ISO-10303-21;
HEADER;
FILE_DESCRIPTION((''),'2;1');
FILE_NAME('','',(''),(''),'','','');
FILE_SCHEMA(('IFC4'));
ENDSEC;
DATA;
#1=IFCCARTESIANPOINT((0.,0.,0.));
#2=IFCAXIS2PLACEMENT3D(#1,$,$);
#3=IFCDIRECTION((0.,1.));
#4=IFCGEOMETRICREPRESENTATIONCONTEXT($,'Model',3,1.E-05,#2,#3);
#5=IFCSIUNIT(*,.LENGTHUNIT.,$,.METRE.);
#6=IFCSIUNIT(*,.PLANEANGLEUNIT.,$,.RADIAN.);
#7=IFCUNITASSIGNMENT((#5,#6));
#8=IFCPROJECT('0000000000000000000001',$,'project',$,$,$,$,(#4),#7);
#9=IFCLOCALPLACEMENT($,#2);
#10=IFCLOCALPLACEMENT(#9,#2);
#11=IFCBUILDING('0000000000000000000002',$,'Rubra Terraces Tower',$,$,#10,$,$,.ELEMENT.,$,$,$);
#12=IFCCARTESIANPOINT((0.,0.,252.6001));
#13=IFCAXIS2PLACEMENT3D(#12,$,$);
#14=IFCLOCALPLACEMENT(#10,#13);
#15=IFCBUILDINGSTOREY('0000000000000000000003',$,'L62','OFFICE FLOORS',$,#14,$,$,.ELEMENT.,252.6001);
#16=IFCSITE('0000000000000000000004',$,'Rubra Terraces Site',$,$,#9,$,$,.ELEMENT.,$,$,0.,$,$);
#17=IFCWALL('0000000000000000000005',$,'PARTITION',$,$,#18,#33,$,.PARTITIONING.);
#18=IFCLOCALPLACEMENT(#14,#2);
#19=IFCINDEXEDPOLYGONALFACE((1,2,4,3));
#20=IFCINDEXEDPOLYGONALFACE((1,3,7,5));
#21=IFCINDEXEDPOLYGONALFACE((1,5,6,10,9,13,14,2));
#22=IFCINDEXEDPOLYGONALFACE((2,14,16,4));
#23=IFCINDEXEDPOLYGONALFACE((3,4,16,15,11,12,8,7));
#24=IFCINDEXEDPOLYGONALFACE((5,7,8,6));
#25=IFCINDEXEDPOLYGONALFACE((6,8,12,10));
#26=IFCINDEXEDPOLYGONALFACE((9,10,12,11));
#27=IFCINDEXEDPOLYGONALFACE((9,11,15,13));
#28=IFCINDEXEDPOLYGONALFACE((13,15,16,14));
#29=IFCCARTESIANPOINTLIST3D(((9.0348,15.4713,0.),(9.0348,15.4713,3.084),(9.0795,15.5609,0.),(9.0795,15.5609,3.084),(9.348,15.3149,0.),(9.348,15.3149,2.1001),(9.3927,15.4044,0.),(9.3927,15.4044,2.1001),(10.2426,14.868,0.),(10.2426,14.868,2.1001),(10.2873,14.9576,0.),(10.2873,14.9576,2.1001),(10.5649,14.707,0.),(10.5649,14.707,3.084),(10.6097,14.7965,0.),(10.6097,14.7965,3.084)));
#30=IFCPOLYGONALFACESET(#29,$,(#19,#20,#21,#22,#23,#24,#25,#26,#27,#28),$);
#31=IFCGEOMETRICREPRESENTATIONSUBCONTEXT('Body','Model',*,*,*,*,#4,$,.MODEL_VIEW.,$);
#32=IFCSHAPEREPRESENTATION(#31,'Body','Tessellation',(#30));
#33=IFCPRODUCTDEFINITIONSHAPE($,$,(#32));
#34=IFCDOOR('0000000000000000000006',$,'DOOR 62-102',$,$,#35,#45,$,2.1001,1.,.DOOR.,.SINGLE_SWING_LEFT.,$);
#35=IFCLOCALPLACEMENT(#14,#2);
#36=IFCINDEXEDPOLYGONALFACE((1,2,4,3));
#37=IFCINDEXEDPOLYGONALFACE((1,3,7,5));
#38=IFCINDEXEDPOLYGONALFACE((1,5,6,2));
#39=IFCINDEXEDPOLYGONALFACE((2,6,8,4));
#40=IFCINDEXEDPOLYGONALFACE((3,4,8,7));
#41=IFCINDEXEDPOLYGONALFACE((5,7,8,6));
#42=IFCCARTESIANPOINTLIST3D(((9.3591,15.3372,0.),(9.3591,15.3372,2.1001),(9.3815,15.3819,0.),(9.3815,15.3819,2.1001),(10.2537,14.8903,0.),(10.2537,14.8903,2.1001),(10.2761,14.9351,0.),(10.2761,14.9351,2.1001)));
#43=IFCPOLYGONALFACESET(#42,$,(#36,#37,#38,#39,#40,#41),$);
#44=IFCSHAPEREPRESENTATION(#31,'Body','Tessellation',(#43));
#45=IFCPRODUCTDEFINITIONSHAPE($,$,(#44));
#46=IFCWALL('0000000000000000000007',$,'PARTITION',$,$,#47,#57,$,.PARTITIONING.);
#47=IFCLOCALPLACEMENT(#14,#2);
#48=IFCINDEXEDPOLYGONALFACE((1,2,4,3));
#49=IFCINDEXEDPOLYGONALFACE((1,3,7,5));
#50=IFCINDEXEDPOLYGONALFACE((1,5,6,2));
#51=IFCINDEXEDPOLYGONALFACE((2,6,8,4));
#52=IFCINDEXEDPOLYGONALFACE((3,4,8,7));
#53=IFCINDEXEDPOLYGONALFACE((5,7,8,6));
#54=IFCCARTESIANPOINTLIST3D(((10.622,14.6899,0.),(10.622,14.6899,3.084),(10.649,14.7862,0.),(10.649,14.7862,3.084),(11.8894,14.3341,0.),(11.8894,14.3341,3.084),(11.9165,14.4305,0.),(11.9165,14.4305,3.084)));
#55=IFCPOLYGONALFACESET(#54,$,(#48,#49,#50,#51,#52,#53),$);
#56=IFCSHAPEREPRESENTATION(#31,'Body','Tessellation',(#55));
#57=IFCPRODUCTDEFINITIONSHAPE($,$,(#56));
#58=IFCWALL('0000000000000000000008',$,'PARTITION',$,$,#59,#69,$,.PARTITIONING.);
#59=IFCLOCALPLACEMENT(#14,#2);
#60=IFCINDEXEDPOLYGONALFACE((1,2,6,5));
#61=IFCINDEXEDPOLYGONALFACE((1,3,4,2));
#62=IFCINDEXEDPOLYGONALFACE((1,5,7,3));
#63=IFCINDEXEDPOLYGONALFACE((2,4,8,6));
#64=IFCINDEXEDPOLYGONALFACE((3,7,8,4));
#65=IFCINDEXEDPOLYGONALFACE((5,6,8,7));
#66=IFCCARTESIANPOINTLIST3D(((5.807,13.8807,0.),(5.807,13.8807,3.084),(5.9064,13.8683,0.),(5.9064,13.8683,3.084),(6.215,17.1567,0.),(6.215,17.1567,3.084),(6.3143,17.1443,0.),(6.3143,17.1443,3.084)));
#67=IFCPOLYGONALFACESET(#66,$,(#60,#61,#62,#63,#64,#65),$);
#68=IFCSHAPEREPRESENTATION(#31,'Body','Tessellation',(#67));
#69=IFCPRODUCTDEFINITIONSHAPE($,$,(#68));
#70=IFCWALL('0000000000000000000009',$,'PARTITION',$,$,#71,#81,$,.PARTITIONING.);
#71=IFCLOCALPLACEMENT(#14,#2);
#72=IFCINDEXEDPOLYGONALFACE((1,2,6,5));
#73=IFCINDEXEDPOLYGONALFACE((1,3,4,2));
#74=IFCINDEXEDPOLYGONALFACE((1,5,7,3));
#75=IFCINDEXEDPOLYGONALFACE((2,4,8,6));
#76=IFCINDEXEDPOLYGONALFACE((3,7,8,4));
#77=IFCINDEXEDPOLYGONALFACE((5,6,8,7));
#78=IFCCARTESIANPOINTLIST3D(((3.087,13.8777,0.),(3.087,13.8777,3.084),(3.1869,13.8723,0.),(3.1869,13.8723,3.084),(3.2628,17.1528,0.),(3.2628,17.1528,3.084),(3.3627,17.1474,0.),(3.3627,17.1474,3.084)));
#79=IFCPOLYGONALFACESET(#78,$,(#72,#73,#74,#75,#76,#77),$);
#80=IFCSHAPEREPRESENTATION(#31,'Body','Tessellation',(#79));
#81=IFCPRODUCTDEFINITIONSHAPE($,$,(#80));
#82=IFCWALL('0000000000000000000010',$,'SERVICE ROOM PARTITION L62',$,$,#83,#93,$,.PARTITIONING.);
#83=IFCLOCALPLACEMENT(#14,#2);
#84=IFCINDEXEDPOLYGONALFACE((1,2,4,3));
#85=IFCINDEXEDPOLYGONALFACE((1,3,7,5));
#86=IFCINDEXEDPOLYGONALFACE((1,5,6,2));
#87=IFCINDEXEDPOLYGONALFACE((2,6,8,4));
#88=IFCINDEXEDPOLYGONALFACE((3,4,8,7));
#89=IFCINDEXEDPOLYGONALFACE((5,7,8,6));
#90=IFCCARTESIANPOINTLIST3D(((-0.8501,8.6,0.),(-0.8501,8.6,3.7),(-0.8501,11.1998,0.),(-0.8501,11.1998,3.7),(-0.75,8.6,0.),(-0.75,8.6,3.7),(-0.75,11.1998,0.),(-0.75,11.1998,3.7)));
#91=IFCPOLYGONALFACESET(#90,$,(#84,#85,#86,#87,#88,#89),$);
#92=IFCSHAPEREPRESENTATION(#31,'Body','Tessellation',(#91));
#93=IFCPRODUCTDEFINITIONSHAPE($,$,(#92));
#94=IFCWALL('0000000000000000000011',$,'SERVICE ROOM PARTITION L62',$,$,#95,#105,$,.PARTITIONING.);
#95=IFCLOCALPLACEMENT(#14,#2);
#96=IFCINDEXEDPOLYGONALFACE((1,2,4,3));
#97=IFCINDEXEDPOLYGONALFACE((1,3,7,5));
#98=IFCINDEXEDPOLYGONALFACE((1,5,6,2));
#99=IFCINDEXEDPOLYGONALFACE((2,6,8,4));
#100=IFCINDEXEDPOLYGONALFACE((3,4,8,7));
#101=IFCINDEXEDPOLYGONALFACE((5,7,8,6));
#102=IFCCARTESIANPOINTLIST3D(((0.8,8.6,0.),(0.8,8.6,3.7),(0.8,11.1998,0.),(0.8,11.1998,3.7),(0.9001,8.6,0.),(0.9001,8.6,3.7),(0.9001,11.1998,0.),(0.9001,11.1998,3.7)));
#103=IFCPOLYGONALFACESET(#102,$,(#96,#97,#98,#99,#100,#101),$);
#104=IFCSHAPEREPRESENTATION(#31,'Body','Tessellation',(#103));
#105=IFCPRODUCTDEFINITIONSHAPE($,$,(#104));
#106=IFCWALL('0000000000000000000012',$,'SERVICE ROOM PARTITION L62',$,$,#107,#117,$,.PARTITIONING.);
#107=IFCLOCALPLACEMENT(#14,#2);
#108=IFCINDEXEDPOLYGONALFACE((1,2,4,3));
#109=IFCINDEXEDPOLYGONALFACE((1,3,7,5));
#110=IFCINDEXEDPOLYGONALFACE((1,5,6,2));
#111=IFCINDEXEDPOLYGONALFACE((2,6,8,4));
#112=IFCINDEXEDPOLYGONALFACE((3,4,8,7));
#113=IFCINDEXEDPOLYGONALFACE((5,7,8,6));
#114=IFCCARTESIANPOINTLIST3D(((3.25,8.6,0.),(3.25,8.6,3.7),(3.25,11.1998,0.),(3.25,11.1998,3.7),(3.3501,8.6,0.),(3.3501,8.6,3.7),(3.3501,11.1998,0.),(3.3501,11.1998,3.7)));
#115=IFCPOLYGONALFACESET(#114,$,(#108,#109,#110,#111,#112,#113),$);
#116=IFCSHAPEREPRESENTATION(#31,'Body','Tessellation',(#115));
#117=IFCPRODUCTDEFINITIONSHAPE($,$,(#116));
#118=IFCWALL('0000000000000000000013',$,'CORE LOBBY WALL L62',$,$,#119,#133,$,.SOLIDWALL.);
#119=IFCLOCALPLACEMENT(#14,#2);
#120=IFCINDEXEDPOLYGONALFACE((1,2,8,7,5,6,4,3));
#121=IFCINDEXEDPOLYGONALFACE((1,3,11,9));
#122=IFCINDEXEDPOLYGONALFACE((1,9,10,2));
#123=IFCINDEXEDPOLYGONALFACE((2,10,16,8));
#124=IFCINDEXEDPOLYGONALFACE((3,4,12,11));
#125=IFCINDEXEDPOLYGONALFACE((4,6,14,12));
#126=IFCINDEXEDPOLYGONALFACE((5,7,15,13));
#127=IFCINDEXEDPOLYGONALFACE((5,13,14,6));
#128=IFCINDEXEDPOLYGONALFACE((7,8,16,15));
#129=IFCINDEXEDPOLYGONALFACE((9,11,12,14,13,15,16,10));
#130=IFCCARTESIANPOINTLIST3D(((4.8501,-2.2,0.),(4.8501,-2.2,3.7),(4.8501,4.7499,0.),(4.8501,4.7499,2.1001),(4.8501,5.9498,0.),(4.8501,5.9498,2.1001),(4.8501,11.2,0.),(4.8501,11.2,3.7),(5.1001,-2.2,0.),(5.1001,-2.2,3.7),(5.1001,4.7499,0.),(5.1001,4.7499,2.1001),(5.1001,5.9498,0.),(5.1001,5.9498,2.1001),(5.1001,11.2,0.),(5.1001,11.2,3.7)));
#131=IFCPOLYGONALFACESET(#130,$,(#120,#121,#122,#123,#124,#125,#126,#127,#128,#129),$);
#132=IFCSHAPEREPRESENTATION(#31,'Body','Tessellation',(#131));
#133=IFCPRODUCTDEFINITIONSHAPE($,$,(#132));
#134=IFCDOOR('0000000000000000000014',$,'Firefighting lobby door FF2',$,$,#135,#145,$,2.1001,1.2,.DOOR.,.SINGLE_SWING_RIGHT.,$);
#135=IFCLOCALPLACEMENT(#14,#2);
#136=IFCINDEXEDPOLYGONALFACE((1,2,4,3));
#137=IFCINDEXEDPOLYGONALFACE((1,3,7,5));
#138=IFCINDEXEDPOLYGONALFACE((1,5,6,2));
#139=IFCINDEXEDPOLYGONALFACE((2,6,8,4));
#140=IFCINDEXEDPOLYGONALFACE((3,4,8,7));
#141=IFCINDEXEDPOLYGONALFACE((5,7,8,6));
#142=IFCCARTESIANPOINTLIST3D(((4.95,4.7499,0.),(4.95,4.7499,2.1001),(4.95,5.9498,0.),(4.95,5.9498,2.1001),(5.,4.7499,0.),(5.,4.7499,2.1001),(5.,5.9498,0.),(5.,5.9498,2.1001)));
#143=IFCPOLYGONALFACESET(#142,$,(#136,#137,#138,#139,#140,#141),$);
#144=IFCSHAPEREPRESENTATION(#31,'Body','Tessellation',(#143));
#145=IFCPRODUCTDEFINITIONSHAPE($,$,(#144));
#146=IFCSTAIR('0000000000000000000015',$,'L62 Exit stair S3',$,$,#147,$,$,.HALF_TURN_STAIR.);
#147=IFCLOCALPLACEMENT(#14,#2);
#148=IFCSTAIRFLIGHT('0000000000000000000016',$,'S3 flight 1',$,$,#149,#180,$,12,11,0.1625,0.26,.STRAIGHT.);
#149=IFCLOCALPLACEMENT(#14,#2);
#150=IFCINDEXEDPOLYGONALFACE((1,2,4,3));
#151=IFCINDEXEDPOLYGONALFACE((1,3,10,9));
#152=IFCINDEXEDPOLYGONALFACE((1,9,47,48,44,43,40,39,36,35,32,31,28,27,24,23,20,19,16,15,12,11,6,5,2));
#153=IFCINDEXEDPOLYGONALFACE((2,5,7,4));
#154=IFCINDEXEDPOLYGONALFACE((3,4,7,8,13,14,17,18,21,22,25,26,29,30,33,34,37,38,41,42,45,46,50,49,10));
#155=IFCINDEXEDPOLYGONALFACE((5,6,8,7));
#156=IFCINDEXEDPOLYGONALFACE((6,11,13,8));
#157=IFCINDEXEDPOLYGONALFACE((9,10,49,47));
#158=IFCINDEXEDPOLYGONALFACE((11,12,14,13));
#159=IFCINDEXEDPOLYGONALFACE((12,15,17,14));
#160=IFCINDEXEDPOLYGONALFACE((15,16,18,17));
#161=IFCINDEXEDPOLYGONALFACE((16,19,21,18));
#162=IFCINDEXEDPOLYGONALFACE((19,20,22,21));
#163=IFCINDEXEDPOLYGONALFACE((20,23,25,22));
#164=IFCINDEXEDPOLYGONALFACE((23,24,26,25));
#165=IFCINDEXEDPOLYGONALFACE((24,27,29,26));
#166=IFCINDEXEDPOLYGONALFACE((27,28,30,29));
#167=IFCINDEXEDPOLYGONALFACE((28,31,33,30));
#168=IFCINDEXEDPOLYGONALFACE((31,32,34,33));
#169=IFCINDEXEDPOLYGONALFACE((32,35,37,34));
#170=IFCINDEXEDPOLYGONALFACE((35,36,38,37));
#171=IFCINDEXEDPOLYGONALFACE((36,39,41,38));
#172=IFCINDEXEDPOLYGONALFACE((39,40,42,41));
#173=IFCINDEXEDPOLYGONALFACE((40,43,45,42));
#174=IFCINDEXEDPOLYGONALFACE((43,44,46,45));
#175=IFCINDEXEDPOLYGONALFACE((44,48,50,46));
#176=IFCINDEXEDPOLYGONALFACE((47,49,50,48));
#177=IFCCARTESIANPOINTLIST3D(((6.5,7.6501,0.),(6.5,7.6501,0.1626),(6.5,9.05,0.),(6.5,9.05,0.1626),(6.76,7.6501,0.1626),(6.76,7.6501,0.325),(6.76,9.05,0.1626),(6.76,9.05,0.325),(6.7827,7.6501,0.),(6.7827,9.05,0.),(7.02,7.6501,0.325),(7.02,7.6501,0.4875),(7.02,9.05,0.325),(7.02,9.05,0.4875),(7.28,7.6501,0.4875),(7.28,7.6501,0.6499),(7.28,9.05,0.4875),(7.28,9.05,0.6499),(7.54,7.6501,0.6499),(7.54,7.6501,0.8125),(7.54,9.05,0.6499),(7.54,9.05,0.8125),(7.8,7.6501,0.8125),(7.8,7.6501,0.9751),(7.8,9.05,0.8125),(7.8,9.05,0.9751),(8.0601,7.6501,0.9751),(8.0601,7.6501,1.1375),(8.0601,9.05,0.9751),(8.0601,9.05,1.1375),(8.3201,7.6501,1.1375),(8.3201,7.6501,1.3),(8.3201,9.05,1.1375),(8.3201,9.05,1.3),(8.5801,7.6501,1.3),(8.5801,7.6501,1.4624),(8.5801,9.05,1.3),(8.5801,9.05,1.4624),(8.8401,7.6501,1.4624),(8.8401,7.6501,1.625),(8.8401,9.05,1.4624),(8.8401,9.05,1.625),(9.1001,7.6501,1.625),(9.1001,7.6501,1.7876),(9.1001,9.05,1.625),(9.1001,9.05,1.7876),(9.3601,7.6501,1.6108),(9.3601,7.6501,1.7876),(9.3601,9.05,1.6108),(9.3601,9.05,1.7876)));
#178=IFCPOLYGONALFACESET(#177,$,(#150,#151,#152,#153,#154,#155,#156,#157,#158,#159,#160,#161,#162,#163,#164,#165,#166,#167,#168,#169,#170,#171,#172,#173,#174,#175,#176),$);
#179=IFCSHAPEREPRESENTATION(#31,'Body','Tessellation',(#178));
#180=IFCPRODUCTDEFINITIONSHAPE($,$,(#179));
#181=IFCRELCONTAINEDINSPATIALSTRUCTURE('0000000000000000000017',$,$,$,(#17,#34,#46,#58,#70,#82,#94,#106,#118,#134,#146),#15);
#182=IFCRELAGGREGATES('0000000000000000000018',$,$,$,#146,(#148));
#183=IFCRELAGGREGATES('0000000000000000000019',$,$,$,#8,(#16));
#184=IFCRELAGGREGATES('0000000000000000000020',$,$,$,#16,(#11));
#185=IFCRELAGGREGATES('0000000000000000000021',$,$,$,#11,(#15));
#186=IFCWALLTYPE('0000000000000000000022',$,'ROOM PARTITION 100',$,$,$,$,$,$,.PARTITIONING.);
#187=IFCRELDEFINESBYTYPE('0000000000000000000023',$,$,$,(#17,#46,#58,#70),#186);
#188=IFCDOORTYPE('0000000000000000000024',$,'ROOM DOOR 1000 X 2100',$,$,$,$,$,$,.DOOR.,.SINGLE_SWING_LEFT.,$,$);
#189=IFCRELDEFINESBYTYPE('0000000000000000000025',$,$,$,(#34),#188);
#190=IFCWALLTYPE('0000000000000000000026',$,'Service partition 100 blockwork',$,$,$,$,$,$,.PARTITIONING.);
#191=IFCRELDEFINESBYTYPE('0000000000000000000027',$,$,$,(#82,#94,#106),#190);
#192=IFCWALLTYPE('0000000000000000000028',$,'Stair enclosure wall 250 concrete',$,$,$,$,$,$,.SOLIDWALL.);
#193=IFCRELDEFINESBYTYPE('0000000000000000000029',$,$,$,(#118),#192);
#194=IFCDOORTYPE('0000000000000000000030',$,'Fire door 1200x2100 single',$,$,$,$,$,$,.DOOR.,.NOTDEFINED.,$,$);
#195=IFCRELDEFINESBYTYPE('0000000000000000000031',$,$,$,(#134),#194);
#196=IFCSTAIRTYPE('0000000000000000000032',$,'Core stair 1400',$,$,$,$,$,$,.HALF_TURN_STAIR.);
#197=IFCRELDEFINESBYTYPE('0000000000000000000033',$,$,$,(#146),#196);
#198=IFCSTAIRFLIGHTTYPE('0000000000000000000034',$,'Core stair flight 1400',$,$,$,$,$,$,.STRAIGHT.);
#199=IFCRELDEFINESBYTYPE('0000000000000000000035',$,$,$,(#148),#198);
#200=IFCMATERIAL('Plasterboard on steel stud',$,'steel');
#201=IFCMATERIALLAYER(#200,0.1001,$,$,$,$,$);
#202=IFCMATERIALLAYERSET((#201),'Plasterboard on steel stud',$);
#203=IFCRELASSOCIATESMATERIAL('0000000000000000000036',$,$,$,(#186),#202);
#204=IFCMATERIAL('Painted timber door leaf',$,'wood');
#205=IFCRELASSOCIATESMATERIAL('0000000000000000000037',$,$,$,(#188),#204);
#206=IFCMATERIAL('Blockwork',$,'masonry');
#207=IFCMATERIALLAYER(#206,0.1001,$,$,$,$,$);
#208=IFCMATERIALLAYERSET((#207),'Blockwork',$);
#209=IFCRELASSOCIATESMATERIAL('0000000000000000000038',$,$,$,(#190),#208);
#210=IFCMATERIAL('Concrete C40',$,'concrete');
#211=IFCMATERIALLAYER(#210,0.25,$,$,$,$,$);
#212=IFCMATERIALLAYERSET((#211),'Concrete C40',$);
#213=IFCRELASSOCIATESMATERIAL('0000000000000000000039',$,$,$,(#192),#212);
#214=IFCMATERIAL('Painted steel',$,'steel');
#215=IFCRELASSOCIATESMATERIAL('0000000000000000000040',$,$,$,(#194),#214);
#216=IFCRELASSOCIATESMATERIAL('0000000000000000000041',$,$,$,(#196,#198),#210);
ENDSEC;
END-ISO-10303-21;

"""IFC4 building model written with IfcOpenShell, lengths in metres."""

from ifc_helpers import new_model, si_unit, direction, frame, frame_2d, origin, place, context, subcontext, project, spatial, polyline, rectangle, outline, extrude, material, layer, layer_set, type_object, element, fill, aggregate, save


model = new_model("IFC4")

# Units and contexts
model_context = context("Model", 3, precision=1e-05, world=origin(), true_north=direction((0.0, 1.0)))
body_context = subcontext(model_context, "Body", "Model", "MODEL_VIEW")
ifc_project = project(units=[si_unit("LENGTHUNIT", "METRE"), si_unit("PLANEANGLEUNIT", "RADIAN")], contexts=[model_context])

# Site, building, storey
site_placement = place(None, origin())
site = spatial("IfcSite", under=ifc_project, at=site_placement, Name="Rubra Terraces Site", CompositionType="ELEMENT", RefElevation=0.0)
building_placement = place(site_placement, origin())
building = spatial("IfcBuilding", under=site, at=building_placement, Name="Rubra Terraces Tower", CompositionType="ELEMENT")
storey_placement = place(building_placement, frame((0.0, 0.0, 252.6001)))
storey = spatial("IfcBuildingStorey", under=building, at=storey_placement, Name="L62", Description="OFFICE FLOORS", CompositionType="ELEMENT", Elevation=252.6001)

# Shared definitions
ifc_material_1 = material(Name="Concrete C40", Category="concrete")

# Wall, opening, door
ifc_material_2 = material(Name="Plasterboard on steel stud", Category="steel")
ifc_layer_1 = layer(ifc_material_2, 0.1001)
ifc_layer_set_1 = layer_set([ifc_layer_1], Name="Plasterboard on steel stud")
wall_type_1 = type_object("IfcWallType", Name="ROOM PARTITION 100", PredefinedType="PARTITIONING", material=ifc_layer_set_1)
wall_1_placement = place(storey_placement, frame((9.0571, 15.5161, 0.0), z_axis=(0.0, 0.0, 1.0), x_axis=(0.894598, -0.446871, 0.0)))
wall_1 = element("IfcWall", 1, at=wall_1_placement, inside=storey, type_object=wall_type_1, Name="PARTITION", PredefinedType="PARTITIONING", context=body_context, shape_type="SweptSolid", body=[
    extrude(rectangle(XDim=1.7104, YDim=0.1001, at=frame_2d((0.8552, 0.0))), origin(), (0.0, 0.0, 1.0), 3.084),
])
opening_1_placement = place(wall_1_placement, frame((0.3501, 0.0, 0.0)))
opening_1 = element("IfcOpeningElement", 2, at=opening_1_placement, cuts=wall_1, PredefinedType="OPENING", context=body_context, shape_type="SweptSolid", body=[
    extrude(rectangle(XDim=1.0, YDim=2.1001, at=frame_2d((0.5, 1.05))), frame((0.0, 0.0601, 0.0), z_axis=(0.0, -1.0, 0.0), x_axis=(1.0, 0.0, 0.0)), (0.0, 0.0, 1.0), 0.1201),
])
ifc_material_3 = material(Name="Painted timber door leaf", Category="wood")
door_type_1 = type_object("IfcDoorType", Name="ROOM DOOR 1000 X 2100", OperationType="SINGLE_SWING_LEFT", PredefinedType="DOOR", material=ifc_material_3)
door_1_placement = place(opening_1_placement, origin())
door_1 = element("IfcDoor", 3, at=door_1_placement, inside=storey, type_object=door_type_1, Name="DOOR 62-102", OperationType="SINGLE_SWING_LEFT", OverallHeight=2.1001, OverallWidth=1.0, PredefinedType="DOOR", context=body_context, shape_type="SweptSolid", body=[
    extrude(rectangle(XDim=1.0, YDim=2.1001, at=frame_2d((0.5, 1.05))), frame((0.0, 0.0249, 0.0), z_axis=(0.0, -1.0, 0.0), x_axis=(1.0, 0.0, 0.0)), (0.0, 0.0, 1.0), 0.05),
])
fill(opening_1, door_1)

# Walls
wall_2_placement = place(storey_placement, frame((10.6355, 14.738, 0.0), z_axis=(0.0, 0.0, 1.0), x_axis=(0.962794, -0.270235, 0.0)))
element("IfcWall", 4, at=wall_2_placement, inside=storey, type_object=wall_type_1, Name="PARTITION", PredefinedType="PARTITIONING", context=body_context, shape_type="SweptSolid", body=[
    extrude(rectangle(XDim=1.3164, YDim=0.1001, at=frame_2d((0.6582, 0.0))), origin(), (0.0, 0.0, 1.0), 3.084),
])
wall_3_placement = place(storey_placement, frame((5.8567, 13.8745, 0.0), z_axis=(0.0, 0.0, 1.0), x_axis=(0.12358, 0.992335, 0.0)))
element("IfcWall", 5, at=wall_3_placement, inside=storey, type_object=wall_type_1, Name="PARTITION", PredefinedType="PARTITIONING", context=body_context, shape_type="SweptSolid", body=[
    extrude(rectangle(XDim=3.3013, YDim=0.1001, at=frame_2d((1.6506, 0.0))), origin(), (0.0, 0.0, 1.0), 3.084),
])
wall_4_placement = place(storey_placement, frame((3.137, 13.875, 0.0), z_axis=(0.0, 0.0, 1.0), x_axis=(0.053594, 0.998563, 0.0)))
element("IfcWall", 6, at=wall_4_placement, inside=storey, type_object=wall_type_1, Name="PARTITION", PredefinedType="PARTITIONING", context=body_context, shape_type="SweptSolid", body=[
    extrude(rectangle(XDim=3.2798, YDim=0.1001, at=frame_2d((1.6399, 0.0))), origin(), (0.0, 0.0, 1.0), 3.084),
])
ifc_material_4 = material(Name="Blockwork", Category="masonry")
ifc_layer_2 = layer(ifc_material_4, 0.1001)
ifc_layer_set_2 = layer_set([ifc_layer_2], Name="Blockwork")
wall_type_2 = type_object("IfcWallType", Name="Service partition 100 blockwork", PredefinedType="PARTITIONING", material=ifc_layer_set_2)
for number, where, z_axis, x_axis, name in (
    (7, (-0.8, 8.6001, 0.0), (0.0, 0.0, 1.0), (0.0, 1.0, 0.0), "SERVICE ROOM PARTITION L62"),
    (8, (0.8501, 8.6001, 0.0), (0.0, 0.0, 1.0), (0.0, 1.0, 0.0), "SERVICE ROOM PARTITION L62"),
    (9, (3.3, 8.6001, 0.0), (0.0, 0.0, 1.0), (0.0, 1.0, 0.0), "SERVICE ROOM PARTITION L62"),
):
    element("IfcWall", number, at=place(storey_placement, frame(where, z_axis=z_axis, x_axis=x_axis)), inside=storey, type_object=wall_type_2, Name=name, PredefinedType="PARTITIONING", context=body_context, shape_type="SweptSolid", body=[
        extrude(rectangle(XDim=2.5999, YDim=0.1001, at=frame_2d((1.2998, 0.0))), origin(), (0.0, 0.0, 1.0), 3.7),
    ])

# Wall, opening, door
ifc_layer_3 = layer(ifc_material_1, 0.25)
ifc_layer_set_3 = layer_set([ifc_layer_3], Name="Concrete C40")
wall_type_3 = type_object("IfcWallType", Name="Stair enclosure wall 250 concrete", PredefinedType="SOLIDWALL", material=ifc_layer_set_3)
wall_5_placement = place(storey_placement, frame((4.9751, 11.2, 0.0), z_axis=(0.0, 0.0, 1.0), x_axis=(0.0, -1.0, 0.0)))
wall_5 = element("IfcWall", 10, at=wall_5_placement, inside=storey, type_object=wall_type_3, Name="CORE LOBBY WALL L62", PredefinedType="SOLIDWALL", context=body_context, shape_type="SweptSolid", body=[
    extrude(rectangle(XDim=13.3999, YDim=0.25, at=frame_2d((6.7, 0.0))), origin(), (0.0, 0.0, 1.0), 3.7),
])
opening_2_placement = place(wall_5_placement, frame((5.25, 0.0, 0.0)))
opening_2 = element("IfcOpeningElement", 11, at=opening_2_placement, cuts=wall_5, PredefinedType="OPENING", context=body_context, shape_type="SweptSolid", body=[
    extrude(rectangle(XDim=1.2, YDim=2.1001, at=frame_2d((0.6001, 1.05))), frame((0.0, 0.135, 0.0), z_axis=(0.0, -1.0, 0.0), x_axis=(1.0, 0.0, 0.0)), (0.0, 0.0, 1.0), 0.27),
])
ifc_material_5 = material(Name="Painted steel", Category="steel")
door_type_2 = type_object("IfcDoorType", Name="Fire door 1200x2100 single", OperationType="NOTDEFINED", PredefinedType="DOOR", material=ifc_material_5)
door_2_placement = place(opening_2_placement, origin())
door_2 = element("IfcDoor", 12, at=door_2_placement, inside=storey, type_object=door_type_2, Name="Firefighting lobby door FF2", OperationType="SINGLE_SWING_RIGHT", OverallHeight=2.1001, OverallWidth=1.2, PredefinedType="DOOR", context=body_context, shape_type="SweptSolid", body=[
    extrude(rectangle(XDim=1.2, YDim=2.1001, at=frame_2d((0.6001, 1.05))), frame((0.0, 0.0249, 0.0), z_axis=(0.0, -1.0, 0.0), x_axis=(1.0, 0.0, 0.0)), (0.0, 0.0, 1.0), 0.05),
])
fill(opening_2, door_2)

# Stair, stair flight
stair_type = type_object("IfcStairType", Name="Core stair 1400", PredefinedType="HALF_TURN_STAIR", material=ifc_material_1)
stair_placement = place(storey_placement, origin())
stair = element("IfcStair", 13, at=stair_placement, inside=storey, type_object=stair_type, Name="L62 Exit stair S3", PredefinedType="HALF_TURN_STAIR")
stair_flight_type = type_object("IfcStairFlightType", Name="Core stair flight 1400", PredefinedType="STRAIGHT", material=ifc_material_1)
stair_flight_1_placement = place(storey_placement, frame((6.5, 8.3501, 0.0), z_axis=(0.0, 0.0, 1.0), x_axis=(1.0, 0.0, 0.0)))
stair_flight_1 = element("IfcStairFlight", 14, at=stair_flight_1_placement, type_object=stair_flight_type, Name="S3 flight 1", NumberOfRisers=12, NumberOfTreads=11, PredefinedType="STRAIGHT", RiserHeight=0.1625, TreadLength=0.26, context=body_context, shape_type="SweptSolid", body=[
    extrude(outline(polyline([(0.0, 0.0), (0.0, 0.1626), (0.26, 0.1626), (0.26, 0.325), (0.52, 0.325), (0.52, 0.4875), (0.78, 0.4875), (0.78, 0.6499), (1.04, 0.6499), (1.04, 0.8125), (1.3, 0.8125), (1.3, 0.9751), (1.5601, 0.9751), (1.5601, 1.1375), (1.8201, 1.1375), (1.8201, 1.3), (2.0801, 1.3), (2.0801, 1.4624), (2.3401, 1.4624), (2.3401, 1.625), (2.6001, 1.625), (2.6001, 1.7876), (2.8601, 1.7876), (2.8601, 1.95), (2.8601, 1.6108), (0.2827, 0.0), (0.0, 0.0)])), frame((0.0, 0.7, 0.0), z_axis=(0.0, -1.0, 0.0), x_axis=(1.0, 0.0, 0.0)), (0.0, 0.0, 1.0), 1.3999),
])
aggregate(stair, [stair_flight_1])

save(model, "model.ifc")
